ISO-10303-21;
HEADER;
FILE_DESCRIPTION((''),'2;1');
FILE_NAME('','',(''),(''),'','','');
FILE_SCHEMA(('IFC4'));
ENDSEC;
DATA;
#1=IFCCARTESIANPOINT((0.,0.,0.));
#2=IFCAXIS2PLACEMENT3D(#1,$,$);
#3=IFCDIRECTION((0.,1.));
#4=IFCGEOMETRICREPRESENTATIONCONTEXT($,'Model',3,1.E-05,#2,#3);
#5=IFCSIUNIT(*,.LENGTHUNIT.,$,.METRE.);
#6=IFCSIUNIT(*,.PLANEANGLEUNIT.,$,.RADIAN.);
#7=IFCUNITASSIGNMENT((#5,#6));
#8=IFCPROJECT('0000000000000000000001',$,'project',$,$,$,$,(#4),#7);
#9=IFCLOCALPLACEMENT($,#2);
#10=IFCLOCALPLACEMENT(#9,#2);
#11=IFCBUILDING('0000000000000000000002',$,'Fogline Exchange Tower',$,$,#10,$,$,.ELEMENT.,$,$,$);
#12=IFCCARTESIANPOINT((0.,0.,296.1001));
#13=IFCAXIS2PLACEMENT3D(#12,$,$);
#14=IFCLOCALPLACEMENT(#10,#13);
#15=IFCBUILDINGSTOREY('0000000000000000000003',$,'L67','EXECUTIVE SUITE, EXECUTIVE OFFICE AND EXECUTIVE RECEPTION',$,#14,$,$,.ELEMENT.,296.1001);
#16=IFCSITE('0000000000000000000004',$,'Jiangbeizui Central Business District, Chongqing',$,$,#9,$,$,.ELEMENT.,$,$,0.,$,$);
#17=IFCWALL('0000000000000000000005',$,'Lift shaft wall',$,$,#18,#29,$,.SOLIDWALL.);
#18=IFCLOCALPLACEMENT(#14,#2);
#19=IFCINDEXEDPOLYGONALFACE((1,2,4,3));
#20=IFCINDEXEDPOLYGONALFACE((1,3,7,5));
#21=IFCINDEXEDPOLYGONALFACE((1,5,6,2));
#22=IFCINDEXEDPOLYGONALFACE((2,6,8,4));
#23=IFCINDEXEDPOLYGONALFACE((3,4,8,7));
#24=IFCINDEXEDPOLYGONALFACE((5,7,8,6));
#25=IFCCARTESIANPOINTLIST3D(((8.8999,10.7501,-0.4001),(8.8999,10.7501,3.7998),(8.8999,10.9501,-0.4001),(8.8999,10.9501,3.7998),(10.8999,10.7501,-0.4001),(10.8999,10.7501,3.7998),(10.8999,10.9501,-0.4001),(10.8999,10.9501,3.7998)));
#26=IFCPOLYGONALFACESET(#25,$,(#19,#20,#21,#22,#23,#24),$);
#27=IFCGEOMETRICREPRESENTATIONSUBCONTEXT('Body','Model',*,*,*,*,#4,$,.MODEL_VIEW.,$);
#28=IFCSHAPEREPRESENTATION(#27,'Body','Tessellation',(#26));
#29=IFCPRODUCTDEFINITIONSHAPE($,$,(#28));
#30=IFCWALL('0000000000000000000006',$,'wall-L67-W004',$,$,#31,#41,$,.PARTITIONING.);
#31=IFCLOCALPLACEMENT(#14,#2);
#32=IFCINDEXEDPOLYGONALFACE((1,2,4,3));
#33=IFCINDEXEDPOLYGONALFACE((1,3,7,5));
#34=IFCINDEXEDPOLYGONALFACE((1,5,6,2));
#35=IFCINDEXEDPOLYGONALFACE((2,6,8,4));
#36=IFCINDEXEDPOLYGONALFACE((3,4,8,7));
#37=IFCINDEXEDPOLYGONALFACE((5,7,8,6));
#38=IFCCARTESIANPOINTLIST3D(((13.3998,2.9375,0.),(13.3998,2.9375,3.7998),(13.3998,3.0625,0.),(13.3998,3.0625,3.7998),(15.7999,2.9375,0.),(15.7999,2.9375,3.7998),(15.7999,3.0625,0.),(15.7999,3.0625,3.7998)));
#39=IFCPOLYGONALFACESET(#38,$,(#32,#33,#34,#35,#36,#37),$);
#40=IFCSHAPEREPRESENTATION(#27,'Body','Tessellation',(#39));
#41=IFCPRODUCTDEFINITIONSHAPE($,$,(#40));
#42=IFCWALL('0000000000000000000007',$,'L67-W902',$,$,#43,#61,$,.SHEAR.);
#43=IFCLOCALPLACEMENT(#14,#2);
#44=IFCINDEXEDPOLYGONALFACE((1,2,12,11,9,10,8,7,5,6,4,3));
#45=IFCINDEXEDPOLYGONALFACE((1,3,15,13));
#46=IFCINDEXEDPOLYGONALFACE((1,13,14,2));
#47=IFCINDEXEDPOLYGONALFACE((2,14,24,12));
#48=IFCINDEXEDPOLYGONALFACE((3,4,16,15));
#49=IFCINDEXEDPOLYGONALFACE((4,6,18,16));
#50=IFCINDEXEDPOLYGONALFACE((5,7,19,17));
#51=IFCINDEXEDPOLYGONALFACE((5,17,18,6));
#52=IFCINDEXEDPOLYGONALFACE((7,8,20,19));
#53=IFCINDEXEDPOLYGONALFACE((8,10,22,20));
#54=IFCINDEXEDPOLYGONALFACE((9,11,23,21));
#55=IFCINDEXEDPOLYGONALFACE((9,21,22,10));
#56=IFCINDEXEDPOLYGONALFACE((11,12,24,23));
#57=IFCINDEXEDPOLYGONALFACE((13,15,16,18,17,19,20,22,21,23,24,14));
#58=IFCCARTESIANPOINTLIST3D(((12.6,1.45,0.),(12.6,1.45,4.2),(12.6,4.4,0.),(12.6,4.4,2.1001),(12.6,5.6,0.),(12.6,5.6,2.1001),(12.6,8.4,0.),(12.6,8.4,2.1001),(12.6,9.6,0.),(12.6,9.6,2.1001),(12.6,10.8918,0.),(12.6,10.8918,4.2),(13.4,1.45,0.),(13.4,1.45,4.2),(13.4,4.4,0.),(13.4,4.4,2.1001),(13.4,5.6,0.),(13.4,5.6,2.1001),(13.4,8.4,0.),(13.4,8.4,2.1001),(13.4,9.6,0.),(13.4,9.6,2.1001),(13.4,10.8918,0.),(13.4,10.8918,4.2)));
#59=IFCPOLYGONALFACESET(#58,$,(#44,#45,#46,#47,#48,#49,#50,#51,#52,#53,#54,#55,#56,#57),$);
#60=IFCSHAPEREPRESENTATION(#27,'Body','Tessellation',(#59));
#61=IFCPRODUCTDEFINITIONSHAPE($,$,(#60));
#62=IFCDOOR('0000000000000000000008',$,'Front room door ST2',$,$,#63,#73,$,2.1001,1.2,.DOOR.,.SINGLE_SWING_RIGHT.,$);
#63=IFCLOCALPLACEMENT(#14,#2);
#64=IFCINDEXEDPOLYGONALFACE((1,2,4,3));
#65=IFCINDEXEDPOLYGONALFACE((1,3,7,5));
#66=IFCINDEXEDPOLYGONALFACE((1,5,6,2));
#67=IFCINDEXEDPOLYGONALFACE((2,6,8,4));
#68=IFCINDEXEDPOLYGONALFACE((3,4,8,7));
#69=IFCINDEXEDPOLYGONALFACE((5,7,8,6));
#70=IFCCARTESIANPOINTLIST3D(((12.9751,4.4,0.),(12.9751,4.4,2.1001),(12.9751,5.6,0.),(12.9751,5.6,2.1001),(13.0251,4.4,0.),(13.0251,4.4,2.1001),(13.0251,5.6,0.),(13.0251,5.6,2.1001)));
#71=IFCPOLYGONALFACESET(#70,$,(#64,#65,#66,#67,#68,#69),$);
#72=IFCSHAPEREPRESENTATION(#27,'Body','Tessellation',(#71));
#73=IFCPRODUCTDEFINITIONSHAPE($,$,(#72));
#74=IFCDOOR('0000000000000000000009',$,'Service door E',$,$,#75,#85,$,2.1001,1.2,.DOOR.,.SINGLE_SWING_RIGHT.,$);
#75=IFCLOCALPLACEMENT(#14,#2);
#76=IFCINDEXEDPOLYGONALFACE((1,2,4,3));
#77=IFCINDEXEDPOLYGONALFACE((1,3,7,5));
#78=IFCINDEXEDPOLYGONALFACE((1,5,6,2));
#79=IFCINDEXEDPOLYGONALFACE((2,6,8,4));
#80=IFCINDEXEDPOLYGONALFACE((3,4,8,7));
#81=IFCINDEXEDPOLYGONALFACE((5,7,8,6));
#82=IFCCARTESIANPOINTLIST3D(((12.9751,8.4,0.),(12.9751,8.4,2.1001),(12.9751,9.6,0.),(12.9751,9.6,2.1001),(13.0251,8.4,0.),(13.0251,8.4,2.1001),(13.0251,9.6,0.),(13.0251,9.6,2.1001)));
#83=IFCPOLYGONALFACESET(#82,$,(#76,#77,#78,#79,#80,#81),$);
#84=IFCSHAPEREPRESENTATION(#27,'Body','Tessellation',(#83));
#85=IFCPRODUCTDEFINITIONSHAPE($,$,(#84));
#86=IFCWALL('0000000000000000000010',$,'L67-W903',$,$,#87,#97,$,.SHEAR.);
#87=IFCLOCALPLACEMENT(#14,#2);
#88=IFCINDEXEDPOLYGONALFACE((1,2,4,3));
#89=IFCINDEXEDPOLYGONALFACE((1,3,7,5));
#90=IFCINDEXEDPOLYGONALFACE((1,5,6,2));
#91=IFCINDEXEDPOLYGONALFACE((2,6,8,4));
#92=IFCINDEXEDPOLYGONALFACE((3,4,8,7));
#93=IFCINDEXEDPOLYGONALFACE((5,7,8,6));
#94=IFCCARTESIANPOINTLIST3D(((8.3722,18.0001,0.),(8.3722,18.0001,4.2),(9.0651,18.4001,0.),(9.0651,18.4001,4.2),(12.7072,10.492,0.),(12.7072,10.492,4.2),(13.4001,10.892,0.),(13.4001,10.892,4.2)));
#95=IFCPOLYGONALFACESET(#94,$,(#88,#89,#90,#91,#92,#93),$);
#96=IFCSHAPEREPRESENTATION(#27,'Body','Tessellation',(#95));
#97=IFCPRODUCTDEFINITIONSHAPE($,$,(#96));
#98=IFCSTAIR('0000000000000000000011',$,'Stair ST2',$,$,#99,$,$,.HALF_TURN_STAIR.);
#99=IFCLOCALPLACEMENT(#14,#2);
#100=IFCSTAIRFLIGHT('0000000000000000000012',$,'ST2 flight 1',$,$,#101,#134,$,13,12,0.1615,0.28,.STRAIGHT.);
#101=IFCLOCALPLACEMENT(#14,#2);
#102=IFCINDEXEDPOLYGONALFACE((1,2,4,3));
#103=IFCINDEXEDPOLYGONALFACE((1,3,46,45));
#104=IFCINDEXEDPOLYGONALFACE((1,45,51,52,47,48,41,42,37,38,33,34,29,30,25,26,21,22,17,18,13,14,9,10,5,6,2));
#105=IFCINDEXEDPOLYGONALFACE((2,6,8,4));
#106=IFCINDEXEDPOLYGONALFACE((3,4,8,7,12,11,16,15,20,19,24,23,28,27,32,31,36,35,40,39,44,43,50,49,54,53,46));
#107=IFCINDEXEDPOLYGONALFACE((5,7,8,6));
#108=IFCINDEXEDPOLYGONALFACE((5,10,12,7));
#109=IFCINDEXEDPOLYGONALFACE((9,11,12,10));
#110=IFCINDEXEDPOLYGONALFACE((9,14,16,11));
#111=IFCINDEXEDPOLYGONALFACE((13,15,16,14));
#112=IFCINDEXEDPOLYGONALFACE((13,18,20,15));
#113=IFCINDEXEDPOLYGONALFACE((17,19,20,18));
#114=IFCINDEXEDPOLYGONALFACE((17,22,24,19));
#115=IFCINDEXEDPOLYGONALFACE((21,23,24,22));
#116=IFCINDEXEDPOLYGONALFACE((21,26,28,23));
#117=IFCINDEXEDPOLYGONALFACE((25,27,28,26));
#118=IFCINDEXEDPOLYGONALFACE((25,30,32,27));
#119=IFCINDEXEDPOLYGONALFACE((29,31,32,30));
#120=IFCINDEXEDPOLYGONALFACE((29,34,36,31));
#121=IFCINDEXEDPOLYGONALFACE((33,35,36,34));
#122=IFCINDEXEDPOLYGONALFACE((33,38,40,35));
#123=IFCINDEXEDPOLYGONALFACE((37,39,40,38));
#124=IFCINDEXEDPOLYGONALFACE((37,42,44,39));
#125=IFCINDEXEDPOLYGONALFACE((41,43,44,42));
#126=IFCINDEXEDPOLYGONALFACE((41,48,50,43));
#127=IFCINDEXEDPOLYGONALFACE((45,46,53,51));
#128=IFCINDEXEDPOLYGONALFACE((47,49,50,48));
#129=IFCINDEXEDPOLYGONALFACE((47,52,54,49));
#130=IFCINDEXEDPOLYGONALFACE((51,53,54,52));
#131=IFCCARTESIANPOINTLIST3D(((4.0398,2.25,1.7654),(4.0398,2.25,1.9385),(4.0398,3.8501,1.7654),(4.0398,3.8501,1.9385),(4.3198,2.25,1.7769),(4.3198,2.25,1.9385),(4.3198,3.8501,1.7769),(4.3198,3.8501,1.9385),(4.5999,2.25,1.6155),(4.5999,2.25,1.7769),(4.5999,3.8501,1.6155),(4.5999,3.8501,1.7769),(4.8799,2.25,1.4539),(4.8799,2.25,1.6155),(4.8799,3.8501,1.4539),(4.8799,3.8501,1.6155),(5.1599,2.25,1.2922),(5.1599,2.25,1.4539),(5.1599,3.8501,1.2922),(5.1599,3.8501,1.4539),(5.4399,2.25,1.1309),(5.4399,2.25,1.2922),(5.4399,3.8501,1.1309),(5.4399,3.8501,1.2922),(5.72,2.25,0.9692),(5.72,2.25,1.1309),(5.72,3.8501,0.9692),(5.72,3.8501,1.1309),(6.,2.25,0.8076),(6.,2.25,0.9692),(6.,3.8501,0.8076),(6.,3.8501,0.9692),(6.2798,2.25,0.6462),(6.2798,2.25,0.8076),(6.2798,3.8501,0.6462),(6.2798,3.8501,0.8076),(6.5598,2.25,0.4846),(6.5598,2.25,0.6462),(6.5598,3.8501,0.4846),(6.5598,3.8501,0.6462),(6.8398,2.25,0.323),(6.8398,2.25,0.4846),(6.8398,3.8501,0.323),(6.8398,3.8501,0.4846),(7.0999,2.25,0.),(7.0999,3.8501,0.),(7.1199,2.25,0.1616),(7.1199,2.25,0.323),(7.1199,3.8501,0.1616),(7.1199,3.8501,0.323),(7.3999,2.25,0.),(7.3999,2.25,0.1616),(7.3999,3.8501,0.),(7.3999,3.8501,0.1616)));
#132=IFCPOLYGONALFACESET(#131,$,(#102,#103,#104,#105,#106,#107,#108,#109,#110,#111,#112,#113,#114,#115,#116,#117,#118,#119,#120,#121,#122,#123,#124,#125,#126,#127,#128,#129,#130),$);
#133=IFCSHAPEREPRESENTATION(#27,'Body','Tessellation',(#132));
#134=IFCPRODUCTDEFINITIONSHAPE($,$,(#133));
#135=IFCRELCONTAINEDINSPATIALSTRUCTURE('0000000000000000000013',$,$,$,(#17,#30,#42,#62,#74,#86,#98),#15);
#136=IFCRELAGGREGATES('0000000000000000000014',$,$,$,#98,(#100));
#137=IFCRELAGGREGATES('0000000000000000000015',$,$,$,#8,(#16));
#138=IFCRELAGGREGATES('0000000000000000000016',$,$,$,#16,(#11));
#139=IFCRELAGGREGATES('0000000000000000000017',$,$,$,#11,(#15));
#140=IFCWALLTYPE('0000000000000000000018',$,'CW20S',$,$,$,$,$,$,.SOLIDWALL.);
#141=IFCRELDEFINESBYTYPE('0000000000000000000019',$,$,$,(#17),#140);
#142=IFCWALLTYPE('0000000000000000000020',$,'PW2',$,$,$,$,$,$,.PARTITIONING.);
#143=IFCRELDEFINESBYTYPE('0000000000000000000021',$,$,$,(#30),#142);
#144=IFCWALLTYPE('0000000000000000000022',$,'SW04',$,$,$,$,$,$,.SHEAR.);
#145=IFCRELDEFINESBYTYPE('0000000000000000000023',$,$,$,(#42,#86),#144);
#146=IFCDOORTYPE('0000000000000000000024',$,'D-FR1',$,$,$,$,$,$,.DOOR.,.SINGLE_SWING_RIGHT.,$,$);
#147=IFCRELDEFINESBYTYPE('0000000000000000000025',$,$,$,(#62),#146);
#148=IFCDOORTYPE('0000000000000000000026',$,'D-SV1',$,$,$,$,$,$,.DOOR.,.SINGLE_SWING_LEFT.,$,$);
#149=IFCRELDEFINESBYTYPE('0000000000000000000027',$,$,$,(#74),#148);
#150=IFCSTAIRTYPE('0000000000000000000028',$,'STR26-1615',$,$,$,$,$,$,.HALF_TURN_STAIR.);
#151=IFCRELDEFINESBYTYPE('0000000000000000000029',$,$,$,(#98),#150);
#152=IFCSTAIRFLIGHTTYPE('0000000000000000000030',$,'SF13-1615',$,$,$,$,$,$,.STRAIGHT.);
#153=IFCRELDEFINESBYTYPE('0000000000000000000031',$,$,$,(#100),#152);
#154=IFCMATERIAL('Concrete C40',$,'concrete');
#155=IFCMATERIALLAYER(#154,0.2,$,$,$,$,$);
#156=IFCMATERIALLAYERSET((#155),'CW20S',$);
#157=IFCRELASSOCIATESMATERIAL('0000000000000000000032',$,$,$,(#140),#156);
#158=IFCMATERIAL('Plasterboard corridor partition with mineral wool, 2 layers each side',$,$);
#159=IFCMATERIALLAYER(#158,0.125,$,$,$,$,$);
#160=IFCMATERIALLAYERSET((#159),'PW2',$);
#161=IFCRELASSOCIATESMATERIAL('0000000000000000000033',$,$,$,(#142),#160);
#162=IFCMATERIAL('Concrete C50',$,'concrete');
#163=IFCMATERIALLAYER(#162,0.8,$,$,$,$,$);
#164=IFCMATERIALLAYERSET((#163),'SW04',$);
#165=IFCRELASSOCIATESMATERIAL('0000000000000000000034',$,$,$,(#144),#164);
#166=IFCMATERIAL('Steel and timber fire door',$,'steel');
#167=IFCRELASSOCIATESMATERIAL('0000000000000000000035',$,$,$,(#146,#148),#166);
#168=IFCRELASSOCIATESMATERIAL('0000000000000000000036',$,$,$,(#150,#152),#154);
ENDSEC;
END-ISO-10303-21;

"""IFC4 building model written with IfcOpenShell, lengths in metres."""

from ifc_helpers import new_model, si_unit, direction, frame, frame_2d, origin, place, context, subcontext, project, spatial, polyline, rectangle, outline, extrude, material, layer, layer_set, type_object, element, fill, aggregate, save


model = new_model("IFC4")

# Units and contexts
model_context = context("Model", 3, precision=1e-05, world=origin(), true_north=direction((0.0, 1.0)))
body_context = subcontext(model_context, "Body", "Model", "MODEL_VIEW")
ifc_project = project(units=[si_unit("LENGTHUNIT", "METRE"), si_unit("PLANEANGLEUNIT", "RADIAN")], contexts=[model_context])

# Site, building, storey
site_placement = place(None, origin())
site = spatial("IfcSite", under=ifc_project, at=site_placement, Name="Jiangbeizui Central Business District, Chongqing", CompositionType="ELEMENT", RefElevation=0.0)
building_placement = place(site_placement, origin())
building = spatial("IfcBuilding", under=site, at=building_placement, Name="Fogline Exchange Tower", CompositionType="ELEMENT")
storey_placement = place(building_placement, frame((0.0, 0.0, 296.1001)))
storey = spatial("IfcBuildingStorey", under=building, at=storey_placement, Name="L67", Description="EXECUTIVE SUITE, EXECUTIVE OFFICE AND EXECUTIVE RECEPTION", CompositionType="ELEMENT", Elevation=296.1001)

# Shared definitions
ifc_material_1 = material(Name="Concrete C40", Category="concrete")

# Shared definitions
ifc_material_2 = material(Name="Steel and timber fire door", Category="steel")

# Shared definitions
ifc_layer_1 = layer(ifc_material_1, 0.2)
ifc_layer_set_1 = layer_set([ifc_layer_1], Name="CW20S")
wall_type_1 = type_object("IfcWallType", Name="CW20S", PredefinedType="SOLIDWALL", material=ifc_layer_set_1)

# Walls
for number, where, z_axis, x_axis, name in (
    (1, (8.8999, 10.8501, -0.4001), (0.0, 0.0, 1.0), (1.0, 0.0, 0.0), "Lift shaft wall"),
):
    element("IfcWall", number, at=place(storey_placement, frame(where, z_axis=z_axis, x_axis=x_axis)), inside=storey, type_object=wall_type_1, Name=name, PredefinedType="SOLIDWALL", context=body_context, shape_type="SweptSolid", body=[
        extrude(rectangle(XDim=2.0, YDim=0.2, at=frame_2d((1.0, 0.0))), origin(), (0.0, 0.0, 1.0), 4.2),
    ])
ifc_material_3 = material(Name="Plasterboard corridor partition with mineral wool, 2 layers each side")
ifc_layer_2 = layer(ifc_material_3, 0.125)
ifc_layer_set_2 = layer_set([ifc_layer_2], Name="PW2")
wall_type_2 = type_object("IfcWallType", Name="PW2", PredefinedType="PARTITIONING", material=ifc_layer_set_2)
wall_1_placement = place(storey_placement, frame((15.8, 3.0, 0.0), z_axis=(0.0, 0.0, 1.0), x_axis=(-1.0, 0.0, 0.0)))
element("IfcWall", 2, at=wall_1_placement, inside=storey, type_object=wall_type_2, Name="wall-L67-W004", PredefinedType="PARTITIONING", context=body_context, shape_type="SweptSolid", body=[
    extrude(rectangle(XDim=2.4001, YDim=0.125, at=frame_2d((1.2002, 0.0))), origin(), (0.0, 0.0, 1.0), 3.7998),
])

# Wall, openings, doors
ifc_material_4 = material(Name="Concrete C50", Category="concrete")
ifc_layer_3 = layer(ifc_material_4, 0.8)
ifc_layer_set_3 = layer_set([ifc_layer_3], Name="SW04")
wall_type_3 = type_object("IfcWallType", Name="SW04", PredefinedType="SHEAR", material=ifc_layer_set_3)
wall_2_placement = place(storey_placement, frame((13.0, 1.45, 0.0), z_axis=(0.0, 0.0, 1.0), x_axis=(0.0, 1.0, 0.0)))
wall_2 = element("IfcWall", 3, at=wall_2_placement, inside=storey, type_object=wall_type_3, Name="L67-W902", PredefinedType="SHEAR", context=body_context, shape_type="SweptSolid", body=[
    extrude(rectangle(XDim=9.4419, YDim=0.8, at=frame_2d((4.7209, 0.0))), origin(), (0.0, 0.0, 1.0), 4.2),
])
opening_1_placement = place(wall_2_placement, frame((2.95, 0.0, 0.0)))
opening_1 = element("IfcOpeningElement", 4, at=opening_1_placement, cuts=wall_2, PredefinedType="OPENING", context=body_context, shape_type="SweptSolid", body=[
    extrude(rectangle(XDim=1.2, YDim=2.1001, at=frame_2d((0.6001, 1.05))), frame((0.0, 0.4102, 0.0), z_axis=(0.0, -1.0, 0.0), x_axis=(1.0, 0.0, 0.0)), (0.0, 0.0, 1.0), 0.8201),
])
opening_2_placement = place(wall_2_placement, frame((6.95, 0.0, 0.0)))
opening_2 = element("IfcOpeningElement", 5, at=opening_2_placement, cuts=wall_2, PredefinedType="OPENING", context=body_context, shape_type="SweptSolid", body=[
    extrude(rectangle(XDim=1.2, YDim=2.1001, at=frame_2d((0.6001, 1.05))), frame((0.0, 0.4102, 0.0), z_axis=(0.0, -1.0, 0.0), x_axis=(1.0, 0.0, 0.0)), (0.0, 0.0, 1.0), 0.8201),
])
door_type_1 = type_object("IfcDoorType", Name="D-FR1", OperationType="SINGLE_SWING_RIGHT", PredefinedType="DOOR", material=ifc_material_2)
door_1_placement = place(opening_1_placement, origin())
door_1 = element("IfcDoor", 6, at=door_1_placement, inside=storey, type_object=door_type_1, Name="Front room door ST2", OperationType="SINGLE_SWING_RIGHT", OverallHeight=2.1001, OverallWidth=1.2, PredefinedType="DOOR", context=body_context, shape_type="SweptSolid", body=[
    extrude(rectangle(XDim=1.2, YDim=2.1001, at=frame_2d((0.6001, 1.05))), frame((0.0, 0.0249, 0.0), z_axis=(0.0, -1.0, 0.0), x_axis=(1.0, 0.0, 0.0)), (0.0, 0.0, 1.0), 0.05),
])
fill(opening_1, door_1)
door_type_2 = type_object("IfcDoorType", Name="D-SV1", OperationType="SINGLE_SWING_LEFT", PredefinedType="DOOR", material=ifc_material_2)
door_2_placement = place(opening_2_placement, origin())
door_2 = element("IfcDoor", 7, at=door_2_placement, inside=storey, type_object=door_type_2, Name="Service door E", OperationType="SINGLE_SWING_RIGHT", OverallHeight=2.1001, OverallWidth=1.2, PredefinedType="DOOR", context=body_context, shape_type="SweptSolid", body=[
    extrude(rectangle(XDim=1.2, YDim=2.1001, at=frame_2d((0.6001, 1.05))), frame((0.0, 0.0249, 0.0), z_axis=(0.0, -1.0, 0.0), x_axis=(1.0, 0.0, 0.0)), (0.0, 0.0, 1.0), 0.05),
])
fill(opening_2, door_2)

# Wall
wall_3_placement = place(storey_placement, frame((13.0537, 10.6919, 0.0), z_axis=(0.0, 0.0, 1.0), x_axis=(-0.500016, 0.866016, 0.0)))
element("IfcWall", 8, at=wall_3_placement, inside=storey, type_object=wall_type_3, Name="L67-W903", PredefinedType="SHEAR", context=body_context, shape_type="SweptSolid", body=[
    extrude(rectangle(XDim=8.6697, YDim=0.8, at=frame_2d((4.335, 0.0))), origin(), (0.0, 0.0, 1.0), 4.2),
])

# Stair, stair flight
stair_type = type_object("IfcStairType", Name="STR26-1615", PredefinedType="HALF_TURN_STAIR", material=ifc_material_1)
stair_placement = place(storey_placement, origin())
stair = element("IfcStair", 9, at=stair_placement, inside=storey, type_object=stair_type, Name="Stair ST2", PredefinedType="HALF_TURN_STAIR")
stair_flight_type = type_object("IfcStairFlightType", Name="SF13-1615", PredefinedType="STRAIGHT", material=ifc_material_1)
stair_flight_placement = place(storey_placement, frame((7.3999, 3.05, 0.0), z_axis=(0.0, 0.0, 1.0), x_axis=(-1.0, 0.0, 0.0)))
stair_flight = element("IfcStairFlight", 10, at=stair_flight_placement, type_object=stair_flight_type, Name="ST2 flight 1", NumberOfRisers=13, NumberOfTreads=12, PredefinedType="STRAIGHT", RiserHeight=0.1615, TreadLength=0.28, context=body_context, shape_type="SweptSolid", body=[
    extrude(outline(polyline([(0.0, 0.0), (0.0, 0.1616), (0.28, 0.1616), (0.28, 0.323), (0.5601, 0.323), (0.5601, 0.4846), (0.8401, 0.4846), (0.8401, 0.6462), (1.1201, 0.6462), (1.1201, 0.8076), (1.3999, 0.8076), (1.3999, 0.9692), (1.6799, 0.9692), (1.6799, 1.1309), (1.96, 1.1309), (1.96, 1.2922), (2.24, 1.2922), (2.24, 1.4539), (2.52, 1.4539), (2.52, 1.6155), (2.8, 1.6155), (2.8, 1.7769), (3.0801, 1.7769), (3.0801, 1.9385), (3.3601, 1.9385), (3.3601, 2.1001), (3.3601, 1.7654), (0.3, 0.0), (0.0, 0.0)])), frame((0.0, 0.8, 0.0), z_axis=(0.0, -1.0, 0.0), x_axis=(1.0, 0.0, 0.0)), (0.0, 0.0, 1.0), 1.6001),
])
aggregate(stair, [stair_flight])

save(model, "model.ifc")
